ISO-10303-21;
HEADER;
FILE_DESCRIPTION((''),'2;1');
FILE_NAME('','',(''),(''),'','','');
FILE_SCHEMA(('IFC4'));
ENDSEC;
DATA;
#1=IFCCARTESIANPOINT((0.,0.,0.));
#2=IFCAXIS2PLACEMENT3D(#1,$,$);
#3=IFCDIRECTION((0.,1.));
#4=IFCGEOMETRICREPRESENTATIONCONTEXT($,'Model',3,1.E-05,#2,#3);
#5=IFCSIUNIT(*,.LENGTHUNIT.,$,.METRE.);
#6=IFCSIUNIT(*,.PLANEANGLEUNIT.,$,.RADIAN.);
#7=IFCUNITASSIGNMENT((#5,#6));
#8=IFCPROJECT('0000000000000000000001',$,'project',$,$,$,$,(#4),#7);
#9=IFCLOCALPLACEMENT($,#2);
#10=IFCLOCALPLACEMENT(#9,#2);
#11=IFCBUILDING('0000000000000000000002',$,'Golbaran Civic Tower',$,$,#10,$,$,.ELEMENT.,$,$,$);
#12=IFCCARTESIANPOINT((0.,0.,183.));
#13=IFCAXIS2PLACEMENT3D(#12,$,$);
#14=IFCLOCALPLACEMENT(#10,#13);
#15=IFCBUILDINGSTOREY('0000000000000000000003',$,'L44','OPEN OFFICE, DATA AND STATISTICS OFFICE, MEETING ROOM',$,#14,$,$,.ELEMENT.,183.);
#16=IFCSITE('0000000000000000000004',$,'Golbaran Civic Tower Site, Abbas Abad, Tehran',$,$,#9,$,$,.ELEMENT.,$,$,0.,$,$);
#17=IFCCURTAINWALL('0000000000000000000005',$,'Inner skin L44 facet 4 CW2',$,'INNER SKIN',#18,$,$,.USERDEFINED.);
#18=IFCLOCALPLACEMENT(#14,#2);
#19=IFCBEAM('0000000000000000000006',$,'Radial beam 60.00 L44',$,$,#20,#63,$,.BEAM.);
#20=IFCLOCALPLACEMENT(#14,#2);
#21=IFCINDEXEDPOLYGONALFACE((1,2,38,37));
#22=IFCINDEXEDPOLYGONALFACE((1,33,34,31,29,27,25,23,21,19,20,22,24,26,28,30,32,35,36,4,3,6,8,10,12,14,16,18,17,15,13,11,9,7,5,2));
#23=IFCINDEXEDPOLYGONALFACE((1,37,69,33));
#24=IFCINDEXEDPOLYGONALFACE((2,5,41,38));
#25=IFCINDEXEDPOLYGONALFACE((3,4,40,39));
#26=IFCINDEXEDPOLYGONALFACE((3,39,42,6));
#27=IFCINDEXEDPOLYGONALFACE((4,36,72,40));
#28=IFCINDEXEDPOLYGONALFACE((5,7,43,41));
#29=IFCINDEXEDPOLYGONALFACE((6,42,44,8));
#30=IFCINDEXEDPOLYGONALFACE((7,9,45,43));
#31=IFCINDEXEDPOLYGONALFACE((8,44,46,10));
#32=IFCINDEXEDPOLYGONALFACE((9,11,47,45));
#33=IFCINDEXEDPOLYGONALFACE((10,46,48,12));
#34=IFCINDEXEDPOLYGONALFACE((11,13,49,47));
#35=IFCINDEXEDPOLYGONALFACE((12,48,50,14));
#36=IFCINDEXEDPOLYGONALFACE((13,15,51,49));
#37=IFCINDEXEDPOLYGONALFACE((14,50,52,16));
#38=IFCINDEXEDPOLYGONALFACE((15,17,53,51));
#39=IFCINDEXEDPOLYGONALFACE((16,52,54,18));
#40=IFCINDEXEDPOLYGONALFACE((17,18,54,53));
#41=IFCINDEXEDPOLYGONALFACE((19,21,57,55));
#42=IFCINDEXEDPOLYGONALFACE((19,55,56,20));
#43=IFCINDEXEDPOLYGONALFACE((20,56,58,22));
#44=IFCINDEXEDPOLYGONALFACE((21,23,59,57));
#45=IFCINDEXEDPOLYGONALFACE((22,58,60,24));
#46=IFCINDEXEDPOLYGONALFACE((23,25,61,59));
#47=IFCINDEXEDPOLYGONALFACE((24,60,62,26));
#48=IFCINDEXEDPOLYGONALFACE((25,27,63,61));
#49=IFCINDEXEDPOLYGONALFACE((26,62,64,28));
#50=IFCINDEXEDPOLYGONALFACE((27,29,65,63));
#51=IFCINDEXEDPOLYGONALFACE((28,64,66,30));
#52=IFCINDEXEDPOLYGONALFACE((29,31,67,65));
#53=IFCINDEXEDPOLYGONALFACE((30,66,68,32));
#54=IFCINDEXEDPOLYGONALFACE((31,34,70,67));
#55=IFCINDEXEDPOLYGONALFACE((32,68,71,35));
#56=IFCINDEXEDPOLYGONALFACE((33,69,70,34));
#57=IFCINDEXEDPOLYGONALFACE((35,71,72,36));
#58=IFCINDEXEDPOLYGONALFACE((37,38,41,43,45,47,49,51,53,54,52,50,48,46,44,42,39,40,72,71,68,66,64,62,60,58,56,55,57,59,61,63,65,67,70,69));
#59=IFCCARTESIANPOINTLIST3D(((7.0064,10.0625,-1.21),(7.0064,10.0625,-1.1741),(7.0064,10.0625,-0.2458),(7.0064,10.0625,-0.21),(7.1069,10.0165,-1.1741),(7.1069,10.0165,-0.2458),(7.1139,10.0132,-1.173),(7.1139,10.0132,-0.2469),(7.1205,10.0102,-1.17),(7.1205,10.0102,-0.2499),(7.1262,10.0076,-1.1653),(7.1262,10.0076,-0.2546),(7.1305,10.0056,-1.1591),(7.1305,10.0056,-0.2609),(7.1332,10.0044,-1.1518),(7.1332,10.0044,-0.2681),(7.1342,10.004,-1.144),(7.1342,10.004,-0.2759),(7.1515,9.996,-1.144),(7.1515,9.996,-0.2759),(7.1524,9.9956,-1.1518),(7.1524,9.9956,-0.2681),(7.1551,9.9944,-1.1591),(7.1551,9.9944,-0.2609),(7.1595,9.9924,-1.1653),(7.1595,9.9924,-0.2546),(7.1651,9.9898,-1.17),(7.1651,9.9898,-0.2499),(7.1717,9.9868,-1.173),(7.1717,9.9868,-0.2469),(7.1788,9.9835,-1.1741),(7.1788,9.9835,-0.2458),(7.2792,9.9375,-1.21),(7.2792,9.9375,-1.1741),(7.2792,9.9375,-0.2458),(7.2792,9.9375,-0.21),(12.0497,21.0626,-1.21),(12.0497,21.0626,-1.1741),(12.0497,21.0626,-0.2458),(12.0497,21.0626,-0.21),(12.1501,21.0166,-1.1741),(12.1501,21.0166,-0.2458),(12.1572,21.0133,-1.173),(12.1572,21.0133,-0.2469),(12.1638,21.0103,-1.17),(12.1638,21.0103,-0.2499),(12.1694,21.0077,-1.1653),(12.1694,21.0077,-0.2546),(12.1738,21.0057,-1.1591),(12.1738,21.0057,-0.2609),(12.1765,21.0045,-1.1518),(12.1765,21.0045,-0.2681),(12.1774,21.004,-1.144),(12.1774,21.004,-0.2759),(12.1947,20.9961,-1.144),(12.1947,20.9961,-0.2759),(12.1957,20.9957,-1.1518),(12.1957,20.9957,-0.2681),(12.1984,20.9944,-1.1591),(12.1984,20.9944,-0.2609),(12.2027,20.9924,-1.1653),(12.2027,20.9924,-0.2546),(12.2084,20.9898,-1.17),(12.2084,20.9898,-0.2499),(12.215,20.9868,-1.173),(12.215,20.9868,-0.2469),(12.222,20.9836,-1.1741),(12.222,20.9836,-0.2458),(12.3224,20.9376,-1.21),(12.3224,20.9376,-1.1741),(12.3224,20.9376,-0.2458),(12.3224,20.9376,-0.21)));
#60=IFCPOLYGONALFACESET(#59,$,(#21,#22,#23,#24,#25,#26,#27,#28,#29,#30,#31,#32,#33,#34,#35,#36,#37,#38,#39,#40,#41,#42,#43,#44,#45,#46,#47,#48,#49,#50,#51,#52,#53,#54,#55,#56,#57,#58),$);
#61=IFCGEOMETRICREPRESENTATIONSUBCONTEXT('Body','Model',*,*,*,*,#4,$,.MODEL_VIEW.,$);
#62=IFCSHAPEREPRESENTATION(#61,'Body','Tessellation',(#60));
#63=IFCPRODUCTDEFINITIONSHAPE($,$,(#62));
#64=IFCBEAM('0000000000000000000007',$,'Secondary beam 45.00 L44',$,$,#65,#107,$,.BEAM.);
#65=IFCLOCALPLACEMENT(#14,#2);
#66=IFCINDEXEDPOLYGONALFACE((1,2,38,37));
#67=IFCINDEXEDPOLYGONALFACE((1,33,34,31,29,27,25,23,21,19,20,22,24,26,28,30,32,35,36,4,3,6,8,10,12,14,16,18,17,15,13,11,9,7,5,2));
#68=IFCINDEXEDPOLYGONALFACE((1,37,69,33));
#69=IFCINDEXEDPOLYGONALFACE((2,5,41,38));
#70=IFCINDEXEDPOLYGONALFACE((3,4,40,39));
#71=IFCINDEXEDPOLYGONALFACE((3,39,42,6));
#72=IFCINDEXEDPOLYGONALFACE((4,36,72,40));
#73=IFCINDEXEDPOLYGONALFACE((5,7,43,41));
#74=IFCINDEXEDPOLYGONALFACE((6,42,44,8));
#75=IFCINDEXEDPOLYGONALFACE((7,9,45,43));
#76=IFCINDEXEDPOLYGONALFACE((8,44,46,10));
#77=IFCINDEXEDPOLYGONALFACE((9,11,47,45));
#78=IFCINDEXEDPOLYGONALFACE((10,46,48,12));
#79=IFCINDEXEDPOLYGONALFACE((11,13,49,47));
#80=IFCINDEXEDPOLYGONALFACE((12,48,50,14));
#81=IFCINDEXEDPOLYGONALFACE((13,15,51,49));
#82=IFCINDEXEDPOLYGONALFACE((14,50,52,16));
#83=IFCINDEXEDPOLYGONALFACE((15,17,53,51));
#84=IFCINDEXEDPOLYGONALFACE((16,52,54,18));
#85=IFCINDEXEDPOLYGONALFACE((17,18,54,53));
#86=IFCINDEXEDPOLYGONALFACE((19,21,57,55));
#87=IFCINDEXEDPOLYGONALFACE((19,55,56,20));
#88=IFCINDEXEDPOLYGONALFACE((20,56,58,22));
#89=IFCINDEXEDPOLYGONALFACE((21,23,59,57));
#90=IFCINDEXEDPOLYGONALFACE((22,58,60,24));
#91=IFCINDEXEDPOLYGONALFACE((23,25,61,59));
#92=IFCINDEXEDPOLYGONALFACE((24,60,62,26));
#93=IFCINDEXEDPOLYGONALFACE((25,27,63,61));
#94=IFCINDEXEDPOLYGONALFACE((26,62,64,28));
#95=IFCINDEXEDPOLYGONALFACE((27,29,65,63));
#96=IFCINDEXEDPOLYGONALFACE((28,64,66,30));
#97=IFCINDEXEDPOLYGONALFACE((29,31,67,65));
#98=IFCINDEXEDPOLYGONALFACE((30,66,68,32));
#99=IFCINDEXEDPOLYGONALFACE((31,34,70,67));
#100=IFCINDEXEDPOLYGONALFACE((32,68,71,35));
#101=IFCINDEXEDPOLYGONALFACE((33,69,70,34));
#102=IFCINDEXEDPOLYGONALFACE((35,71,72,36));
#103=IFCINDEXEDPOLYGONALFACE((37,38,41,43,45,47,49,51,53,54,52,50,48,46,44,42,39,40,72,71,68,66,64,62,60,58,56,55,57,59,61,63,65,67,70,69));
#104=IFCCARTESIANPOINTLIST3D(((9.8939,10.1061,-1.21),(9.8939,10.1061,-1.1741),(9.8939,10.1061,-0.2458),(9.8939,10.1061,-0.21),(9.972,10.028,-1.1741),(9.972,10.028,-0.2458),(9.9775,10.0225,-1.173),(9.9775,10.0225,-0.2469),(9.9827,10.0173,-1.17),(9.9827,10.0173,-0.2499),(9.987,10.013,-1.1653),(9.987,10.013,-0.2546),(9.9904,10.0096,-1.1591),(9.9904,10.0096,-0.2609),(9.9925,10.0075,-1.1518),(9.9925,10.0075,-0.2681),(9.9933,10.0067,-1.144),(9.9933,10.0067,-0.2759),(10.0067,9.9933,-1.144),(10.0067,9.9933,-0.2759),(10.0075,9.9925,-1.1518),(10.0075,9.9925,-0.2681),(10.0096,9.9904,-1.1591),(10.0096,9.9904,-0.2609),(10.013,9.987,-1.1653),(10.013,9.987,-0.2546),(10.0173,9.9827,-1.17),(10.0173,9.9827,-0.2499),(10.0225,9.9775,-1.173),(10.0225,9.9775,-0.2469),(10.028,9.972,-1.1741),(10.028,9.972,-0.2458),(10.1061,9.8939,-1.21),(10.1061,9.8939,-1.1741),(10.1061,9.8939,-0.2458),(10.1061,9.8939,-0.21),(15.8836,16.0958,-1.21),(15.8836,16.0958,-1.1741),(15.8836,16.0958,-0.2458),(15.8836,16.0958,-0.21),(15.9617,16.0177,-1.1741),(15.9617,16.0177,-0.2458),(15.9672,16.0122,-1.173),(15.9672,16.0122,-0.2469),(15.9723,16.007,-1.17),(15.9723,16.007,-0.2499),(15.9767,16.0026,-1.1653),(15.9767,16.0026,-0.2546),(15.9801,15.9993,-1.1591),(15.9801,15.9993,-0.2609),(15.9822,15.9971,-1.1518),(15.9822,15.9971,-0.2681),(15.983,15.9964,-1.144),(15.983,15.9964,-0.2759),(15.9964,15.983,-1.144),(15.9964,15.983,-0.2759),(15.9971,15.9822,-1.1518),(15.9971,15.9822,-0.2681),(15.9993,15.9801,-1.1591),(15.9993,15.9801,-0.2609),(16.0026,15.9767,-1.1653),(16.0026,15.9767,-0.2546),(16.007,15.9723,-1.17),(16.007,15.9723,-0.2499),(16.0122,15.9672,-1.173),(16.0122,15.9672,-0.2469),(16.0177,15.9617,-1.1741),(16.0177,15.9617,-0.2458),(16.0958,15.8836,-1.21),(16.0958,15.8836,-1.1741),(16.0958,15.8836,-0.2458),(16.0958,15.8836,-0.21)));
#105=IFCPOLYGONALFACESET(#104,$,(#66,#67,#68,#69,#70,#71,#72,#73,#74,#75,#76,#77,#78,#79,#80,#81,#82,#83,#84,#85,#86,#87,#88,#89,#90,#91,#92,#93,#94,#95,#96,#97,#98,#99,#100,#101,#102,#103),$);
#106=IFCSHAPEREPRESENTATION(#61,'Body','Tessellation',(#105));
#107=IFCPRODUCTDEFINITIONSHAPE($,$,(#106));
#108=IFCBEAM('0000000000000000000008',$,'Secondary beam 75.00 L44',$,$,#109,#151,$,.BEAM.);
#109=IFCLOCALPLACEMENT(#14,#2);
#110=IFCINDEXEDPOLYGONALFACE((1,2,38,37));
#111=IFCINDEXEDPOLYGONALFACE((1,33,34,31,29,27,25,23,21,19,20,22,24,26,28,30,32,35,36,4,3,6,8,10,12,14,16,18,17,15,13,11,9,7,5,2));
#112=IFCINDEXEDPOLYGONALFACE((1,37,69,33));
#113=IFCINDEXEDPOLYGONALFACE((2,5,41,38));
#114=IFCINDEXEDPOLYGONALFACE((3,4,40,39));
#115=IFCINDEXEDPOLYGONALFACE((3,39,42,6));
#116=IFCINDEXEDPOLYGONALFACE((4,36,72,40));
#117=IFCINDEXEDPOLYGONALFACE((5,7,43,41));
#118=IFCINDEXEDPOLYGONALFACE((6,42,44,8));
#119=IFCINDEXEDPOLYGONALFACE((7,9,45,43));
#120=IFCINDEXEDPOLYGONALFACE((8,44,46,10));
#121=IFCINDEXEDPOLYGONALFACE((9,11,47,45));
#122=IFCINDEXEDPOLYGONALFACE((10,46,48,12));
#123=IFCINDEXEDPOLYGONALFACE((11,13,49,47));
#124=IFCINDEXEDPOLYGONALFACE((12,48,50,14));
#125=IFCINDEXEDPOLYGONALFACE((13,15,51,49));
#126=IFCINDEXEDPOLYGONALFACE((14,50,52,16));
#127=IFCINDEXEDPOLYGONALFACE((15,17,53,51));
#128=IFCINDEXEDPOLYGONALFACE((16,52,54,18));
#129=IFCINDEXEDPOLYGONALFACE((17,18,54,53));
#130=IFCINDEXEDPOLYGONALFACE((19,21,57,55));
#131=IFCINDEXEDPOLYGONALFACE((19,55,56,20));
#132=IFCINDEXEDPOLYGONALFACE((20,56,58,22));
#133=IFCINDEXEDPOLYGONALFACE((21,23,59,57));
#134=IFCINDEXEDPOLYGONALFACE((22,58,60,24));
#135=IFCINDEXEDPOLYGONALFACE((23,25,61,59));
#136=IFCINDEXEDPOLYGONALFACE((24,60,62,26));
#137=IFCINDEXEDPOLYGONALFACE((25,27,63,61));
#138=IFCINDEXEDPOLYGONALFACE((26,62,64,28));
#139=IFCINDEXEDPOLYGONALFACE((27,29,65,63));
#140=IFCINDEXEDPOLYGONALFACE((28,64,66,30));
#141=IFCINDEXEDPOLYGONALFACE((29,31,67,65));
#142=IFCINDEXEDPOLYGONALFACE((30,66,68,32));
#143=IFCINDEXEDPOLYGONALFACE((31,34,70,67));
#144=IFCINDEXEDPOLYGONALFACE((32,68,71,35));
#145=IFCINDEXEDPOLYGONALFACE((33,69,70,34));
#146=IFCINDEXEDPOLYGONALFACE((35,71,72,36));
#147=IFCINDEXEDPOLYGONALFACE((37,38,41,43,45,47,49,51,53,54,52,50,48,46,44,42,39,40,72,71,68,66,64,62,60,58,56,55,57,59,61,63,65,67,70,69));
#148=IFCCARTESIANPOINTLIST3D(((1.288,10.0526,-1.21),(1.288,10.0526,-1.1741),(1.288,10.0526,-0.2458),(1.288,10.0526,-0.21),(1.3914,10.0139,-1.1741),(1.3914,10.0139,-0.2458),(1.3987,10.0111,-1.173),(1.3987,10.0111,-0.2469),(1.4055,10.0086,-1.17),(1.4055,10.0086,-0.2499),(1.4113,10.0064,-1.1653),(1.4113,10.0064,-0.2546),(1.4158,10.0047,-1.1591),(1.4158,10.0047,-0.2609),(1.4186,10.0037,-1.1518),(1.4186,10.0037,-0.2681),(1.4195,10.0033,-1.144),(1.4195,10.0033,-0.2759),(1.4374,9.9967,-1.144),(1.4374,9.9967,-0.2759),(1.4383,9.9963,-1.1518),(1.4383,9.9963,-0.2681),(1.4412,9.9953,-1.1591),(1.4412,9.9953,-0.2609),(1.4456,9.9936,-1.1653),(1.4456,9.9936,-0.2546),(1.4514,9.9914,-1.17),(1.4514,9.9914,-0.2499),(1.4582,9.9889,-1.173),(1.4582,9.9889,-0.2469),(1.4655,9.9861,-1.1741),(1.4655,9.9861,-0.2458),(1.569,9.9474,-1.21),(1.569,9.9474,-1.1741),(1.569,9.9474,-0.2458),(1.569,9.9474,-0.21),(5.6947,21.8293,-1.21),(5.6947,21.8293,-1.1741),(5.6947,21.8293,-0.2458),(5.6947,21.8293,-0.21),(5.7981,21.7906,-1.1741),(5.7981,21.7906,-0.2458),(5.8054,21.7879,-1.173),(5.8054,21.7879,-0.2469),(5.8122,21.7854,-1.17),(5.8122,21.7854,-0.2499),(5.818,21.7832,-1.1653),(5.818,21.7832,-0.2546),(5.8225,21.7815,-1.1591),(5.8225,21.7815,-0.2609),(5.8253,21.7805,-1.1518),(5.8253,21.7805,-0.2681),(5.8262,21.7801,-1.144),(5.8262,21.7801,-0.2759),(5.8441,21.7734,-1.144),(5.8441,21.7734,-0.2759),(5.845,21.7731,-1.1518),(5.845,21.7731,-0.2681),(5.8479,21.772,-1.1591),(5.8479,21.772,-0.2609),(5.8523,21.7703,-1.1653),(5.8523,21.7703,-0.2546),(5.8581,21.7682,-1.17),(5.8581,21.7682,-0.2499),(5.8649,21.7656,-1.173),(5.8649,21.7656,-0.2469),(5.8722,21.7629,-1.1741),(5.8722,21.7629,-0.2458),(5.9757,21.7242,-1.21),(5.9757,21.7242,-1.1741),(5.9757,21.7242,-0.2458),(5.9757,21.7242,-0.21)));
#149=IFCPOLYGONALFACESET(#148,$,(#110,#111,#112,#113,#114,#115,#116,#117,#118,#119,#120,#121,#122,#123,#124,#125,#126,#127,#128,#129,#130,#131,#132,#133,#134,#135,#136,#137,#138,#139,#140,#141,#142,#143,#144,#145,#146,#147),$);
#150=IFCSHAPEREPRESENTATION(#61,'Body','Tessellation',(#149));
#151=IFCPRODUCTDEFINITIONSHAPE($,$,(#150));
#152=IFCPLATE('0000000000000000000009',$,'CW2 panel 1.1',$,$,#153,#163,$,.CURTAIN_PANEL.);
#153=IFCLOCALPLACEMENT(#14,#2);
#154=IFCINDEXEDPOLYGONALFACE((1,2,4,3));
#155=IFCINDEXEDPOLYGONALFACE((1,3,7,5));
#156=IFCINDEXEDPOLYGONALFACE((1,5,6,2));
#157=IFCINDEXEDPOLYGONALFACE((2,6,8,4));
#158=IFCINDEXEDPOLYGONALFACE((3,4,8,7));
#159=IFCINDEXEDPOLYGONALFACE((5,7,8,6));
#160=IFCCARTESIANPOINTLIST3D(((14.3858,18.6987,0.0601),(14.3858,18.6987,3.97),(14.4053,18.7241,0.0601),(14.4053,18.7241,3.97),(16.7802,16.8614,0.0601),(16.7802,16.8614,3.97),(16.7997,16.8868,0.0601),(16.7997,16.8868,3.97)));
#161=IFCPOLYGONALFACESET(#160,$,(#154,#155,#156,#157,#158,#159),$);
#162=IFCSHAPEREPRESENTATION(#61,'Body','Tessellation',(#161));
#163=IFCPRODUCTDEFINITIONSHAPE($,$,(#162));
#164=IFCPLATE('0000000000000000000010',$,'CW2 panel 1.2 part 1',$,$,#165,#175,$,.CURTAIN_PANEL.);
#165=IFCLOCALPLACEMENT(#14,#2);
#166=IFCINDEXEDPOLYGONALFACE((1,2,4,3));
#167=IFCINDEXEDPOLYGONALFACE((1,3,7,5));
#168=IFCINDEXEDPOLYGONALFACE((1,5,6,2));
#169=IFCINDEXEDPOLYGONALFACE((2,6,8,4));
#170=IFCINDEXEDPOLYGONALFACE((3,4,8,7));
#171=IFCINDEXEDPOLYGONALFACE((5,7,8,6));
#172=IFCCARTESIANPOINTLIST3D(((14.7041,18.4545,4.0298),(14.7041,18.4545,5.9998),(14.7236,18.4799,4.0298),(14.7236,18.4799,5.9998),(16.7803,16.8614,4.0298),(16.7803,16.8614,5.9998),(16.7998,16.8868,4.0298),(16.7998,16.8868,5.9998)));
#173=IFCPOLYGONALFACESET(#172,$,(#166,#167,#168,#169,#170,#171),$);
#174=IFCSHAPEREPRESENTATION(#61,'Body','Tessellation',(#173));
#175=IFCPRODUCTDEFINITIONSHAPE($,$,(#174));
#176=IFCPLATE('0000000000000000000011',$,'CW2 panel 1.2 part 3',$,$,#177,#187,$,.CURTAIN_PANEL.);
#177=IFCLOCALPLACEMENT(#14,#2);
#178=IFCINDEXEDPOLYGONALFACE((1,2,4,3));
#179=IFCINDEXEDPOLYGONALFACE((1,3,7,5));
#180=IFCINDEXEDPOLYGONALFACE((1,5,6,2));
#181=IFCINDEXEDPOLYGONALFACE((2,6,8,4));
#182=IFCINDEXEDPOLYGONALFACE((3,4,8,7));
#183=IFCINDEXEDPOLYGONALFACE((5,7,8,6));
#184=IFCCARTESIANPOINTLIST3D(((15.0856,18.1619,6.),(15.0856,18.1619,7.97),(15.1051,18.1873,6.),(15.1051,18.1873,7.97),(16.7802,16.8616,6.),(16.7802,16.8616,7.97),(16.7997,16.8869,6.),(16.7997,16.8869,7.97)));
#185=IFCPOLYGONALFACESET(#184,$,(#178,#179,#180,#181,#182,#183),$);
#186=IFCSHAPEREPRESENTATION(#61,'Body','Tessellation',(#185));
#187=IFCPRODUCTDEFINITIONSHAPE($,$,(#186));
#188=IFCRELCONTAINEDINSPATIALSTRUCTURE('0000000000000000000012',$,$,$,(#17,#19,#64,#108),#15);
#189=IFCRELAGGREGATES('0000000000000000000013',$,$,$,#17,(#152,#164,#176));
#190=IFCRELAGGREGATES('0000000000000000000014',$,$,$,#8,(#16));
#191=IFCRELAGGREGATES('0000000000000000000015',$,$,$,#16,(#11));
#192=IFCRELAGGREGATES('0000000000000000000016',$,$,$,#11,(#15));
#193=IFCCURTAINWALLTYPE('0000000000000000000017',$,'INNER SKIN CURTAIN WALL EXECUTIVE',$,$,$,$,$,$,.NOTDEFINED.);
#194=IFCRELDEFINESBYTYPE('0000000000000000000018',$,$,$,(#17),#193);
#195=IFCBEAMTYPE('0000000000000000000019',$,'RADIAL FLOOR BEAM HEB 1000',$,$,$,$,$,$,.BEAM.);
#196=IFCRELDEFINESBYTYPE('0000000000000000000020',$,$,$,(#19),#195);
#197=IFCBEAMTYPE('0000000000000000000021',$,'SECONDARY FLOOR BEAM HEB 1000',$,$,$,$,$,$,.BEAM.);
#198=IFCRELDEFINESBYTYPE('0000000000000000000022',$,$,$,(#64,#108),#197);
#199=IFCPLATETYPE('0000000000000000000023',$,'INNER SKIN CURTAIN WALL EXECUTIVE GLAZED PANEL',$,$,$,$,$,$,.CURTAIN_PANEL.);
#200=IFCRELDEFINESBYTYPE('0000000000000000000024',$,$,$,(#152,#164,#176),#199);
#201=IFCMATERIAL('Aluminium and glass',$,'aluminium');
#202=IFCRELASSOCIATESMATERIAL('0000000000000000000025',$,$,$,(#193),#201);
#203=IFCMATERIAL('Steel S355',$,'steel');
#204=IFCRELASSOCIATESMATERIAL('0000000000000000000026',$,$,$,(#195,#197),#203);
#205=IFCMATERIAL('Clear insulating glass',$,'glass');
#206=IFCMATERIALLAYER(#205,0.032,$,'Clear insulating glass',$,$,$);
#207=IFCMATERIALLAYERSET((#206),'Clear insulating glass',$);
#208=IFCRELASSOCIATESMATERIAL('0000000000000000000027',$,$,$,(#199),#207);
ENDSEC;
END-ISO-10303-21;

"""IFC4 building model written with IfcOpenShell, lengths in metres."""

from ifc_helpers import new_model, si_unit, direction, frame, origin, origin_2d, place, context, subcontext, project, spatial, rectangle, i_section, extrude, material, layer, layer_set, material_profile, profile_set, type_object, element, aggregate, save


model = new_model("IFC4")

# Units and contexts
model_context = context("Model", 3, precision=1e-05, world=origin(), true_north=direction((0.0, 1.0)))
body_context = subcontext(model_context, "Body", "Model", "MODEL_VIEW")
ifc_project = project(units=[si_unit("LENGTHUNIT", "METRE"), si_unit("PLANEANGLEUNIT", "RADIAN")], contexts=[model_context])

# Site, building, storey
site_placement = place(None, origin())
site = spatial("IfcSite", under=ifc_project, at=site_placement, Name="Golbaran Civic Tower Site, Abbas Abad, Tehran", CompositionType="ELEMENT", RefElevation=0.0)
building_placement = place(site_placement, origin())
building = spatial("IfcBuilding", under=site, at=building_placement, Name="Golbaran Civic Tower", CompositionType="ELEMENT")
storey_placement = place(building_placement, frame((0.0, 0.0, 183.0)))
storey = spatial("IfcBuildingStorey", under=building, at=storey_placement, Name="L44", Description="OPEN OFFICE, DATA AND STATISTICS OFFICE, MEETING ROOM", CompositionType="ELEMENT", Elevation=183.0)

# Shared definitions
ifc_material_1 = material(Name="Steel S355", Category="steel")

# Curtain wall
ifc_material_2 = material(Name="Aluminium and glass", Category="aluminium")
curtain_wall_type = type_object("IfcCurtainWallType", Name="INNER SKIN CURTAIN WALL EXECUTIVE", PredefinedType="NOTDEFINED", material=ifc_material_2)
curtain_wall_placement = place(storey_placement, origin())
curtain_wall = element("IfcCurtainWall", 1, at=curtain_wall_placement, inside=storey, type_object=curtain_wall_type, Name="Inner skin L44 facet 4 CW2", ObjectType="INNER SKIN", PredefinedType="USERDEFINED")

# Beams
ifc_material_profile_1 = material_profile(ifc_material_1, i_section(OverallWidth=0.3, OverallDepth=1.0, WebThickness=0.019, FlangeThickness=0.0359, FilletRadius=0.03, at=origin_2d()), Name="HEB 1000")
ifc_profile_set_1 = profile_set([ifc_material_profile_1], Name="Steel S355")
beam_type_1 = type_object("IfcBeamType", Name="RADIAL FLOOR BEAM HEB 1000", PredefinedType="BEAM", material=ifc_profile_set_1)
beam_1_placement = place(storey_placement, frame((7.1428, 10.0, -0.71), z_axis=(0.41676, 0.909016, 0.0), x_axis=(-0.909016, 0.41676, 0.0)))
element("IfcBeam", 2, at=beam_1_placement, inside=storey, type_object=beam_type_1, Name="Radial beam 60.00 L44", PredefinedType="BEAM", context=body_context, shape_type="SweptSolid", body=[
    extrude(i_section(OverallWidth=0.3, OverallDepth=1.0, WebThickness=0.019, FlangeThickness=0.0359, FilletRadius=0.03, at=origin_2d()), origin(), (0.0, 0.0, 1.0), 12.1011),
])
ifc_material_profile_2 = material_profile(ifc_material_1, i_section(OverallWidth=0.3, OverallDepth=1.0, WebThickness=0.019, FlangeThickness=0.0359, FilletRadius=0.03, at=origin_2d()), Name="HEB 1000")
ifc_profile_set_2 = profile_set([ifc_material_profile_2], Name="Steel S355")
beam_type_2 = type_object("IfcBeamType", Name="SECONDARY FLOOR BEAM HEB 1000", PredefinedType="BEAM", material=ifc_profile_set_2)
beam_2_placement = place(storey_placement, frame((10.0, 10.0, -0.71), z_axis=(0.707107, 0.707107, 0.0), x_axis=(-0.707107, 0.707107, 0.0)))
element("IfcBeam", 3, at=beam_2_placement, inside=storey, type_object=beam_type_2, Name="Secondary beam 45.00 L44", PredefinedType="BEAM", context=body_context, shape_type="SweptSolid", body=[
    extrude(i_section(OverallWidth=0.3, OverallDepth=1.0, WebThickness=0.019, FlangeThickness=0.0359, FilletRadius=0.03, at=origin_2d()), origin(), (0.0, 0.0, 1.0), 8.4707),
])
beam_3_placement = place(storey_placement, frame((1.4285, 10.0, -0.71), z_axis=(0.350455, 0.936579, 0.0), x_axis=(-0.936579, 0.350455, 0.0)))
element("IfcBeam", 4, at=beam_3_placement, inside=storey, type_object=beam_type_2, Name="Secondary beam 75.00 L44", PredefinedType="BEAM", context=body_context, shape_type="SweptSolid", body=[
    extrude(i_section(OverallWidth=0.3, OverallDepth=1.0, WebThickness=0.019, FlangeThickness=0.0359, FilletRadius=0.03, at=origin_2d()), origin(), (0.0, 0.0, 1.0), 12.5742),
])

# Plates
ifc_material_3 = material(Name="Clear insulating glass", Category="glass")
ifc_layer_1 = layer(ifc_material_3, 0.032, Name="Clear insulating glass")
ifc_layer_set_1 = layer_set([ifc_layer_1], Name="Clear insulating glass")
plate_type_1 = type_object("IfcPlateType", Name="INNER SKIN CURTAIN WALL EXECUTIVE GLAZED PANEL", PredefinedType="CURTAIN_PANEL", material=ifc_layer_set_1)
plate_1_placement = place(storey_placement, frame((15.5928, 17.7927, 0.0601), z_axis=(0.0, 0.0, 1.0), x_axis=(-0.793353, 0.608761, 0.0)))
plate_1 = element("IfcPlate", 5, at=plate_1_placement, type_object=plate_type_1, Name="CW2 panel 1.1", PredefinedType="CURTAIN_PANEL", context=body_context, shape_type="SweptSolid", body=[
    extrude(rectangle(XDim=3.0181, YDim=0.032, at=origin_2d()), origin(), (0.0, 0.0, 1.0), 3.9099),
])
plate_2_placement = place(storey_placement, frame((15.752, 17.6707, 4.0298), z_axis=(0.0, 0.0, 1.0), x_axis=(-0.793353, 0.608761, 0.0)))
plate_2 = element("IfcPlate", 6, at=plate_2_placement, type_object=plate_type_1, Name="CW2 panel 1.2 part 1", PredefinedType="CURTAIN_PANEL", context=body_context, shape_type="SweptSolid", body=[
    extrude(rectangle(XDim=2.6169, YDim=0.032, at=origin_2d()), origin(), (0.0, 0.0, 1.0), 1.97),
])
plate_3_placement = place(storey_placement, frame((15.9426, 17.5244, 6.0), z_axis=(0.0, 0.0, 1.0), x_axis=(-0.793353, 0.608761, 0.0)))
plate_3 = element("IfcPlate", 7, at=plate_3_placement, type_object=plate_type_1, Name="CW2 panel 1.2 part 3", PredefinedType="CURTAIN_PANEL", context=body_context, shape_type="SweptSolid", body=[
    extrude(rectangle(XDim=2.136, YDim=0.032, at=origin_2d()), origin(), (0.0, 0.0, 1.0), 1.97),
])
aggregate(curtain_wall, [plate_1, plate_2, plate_3])

save(model, "model.ifc")
